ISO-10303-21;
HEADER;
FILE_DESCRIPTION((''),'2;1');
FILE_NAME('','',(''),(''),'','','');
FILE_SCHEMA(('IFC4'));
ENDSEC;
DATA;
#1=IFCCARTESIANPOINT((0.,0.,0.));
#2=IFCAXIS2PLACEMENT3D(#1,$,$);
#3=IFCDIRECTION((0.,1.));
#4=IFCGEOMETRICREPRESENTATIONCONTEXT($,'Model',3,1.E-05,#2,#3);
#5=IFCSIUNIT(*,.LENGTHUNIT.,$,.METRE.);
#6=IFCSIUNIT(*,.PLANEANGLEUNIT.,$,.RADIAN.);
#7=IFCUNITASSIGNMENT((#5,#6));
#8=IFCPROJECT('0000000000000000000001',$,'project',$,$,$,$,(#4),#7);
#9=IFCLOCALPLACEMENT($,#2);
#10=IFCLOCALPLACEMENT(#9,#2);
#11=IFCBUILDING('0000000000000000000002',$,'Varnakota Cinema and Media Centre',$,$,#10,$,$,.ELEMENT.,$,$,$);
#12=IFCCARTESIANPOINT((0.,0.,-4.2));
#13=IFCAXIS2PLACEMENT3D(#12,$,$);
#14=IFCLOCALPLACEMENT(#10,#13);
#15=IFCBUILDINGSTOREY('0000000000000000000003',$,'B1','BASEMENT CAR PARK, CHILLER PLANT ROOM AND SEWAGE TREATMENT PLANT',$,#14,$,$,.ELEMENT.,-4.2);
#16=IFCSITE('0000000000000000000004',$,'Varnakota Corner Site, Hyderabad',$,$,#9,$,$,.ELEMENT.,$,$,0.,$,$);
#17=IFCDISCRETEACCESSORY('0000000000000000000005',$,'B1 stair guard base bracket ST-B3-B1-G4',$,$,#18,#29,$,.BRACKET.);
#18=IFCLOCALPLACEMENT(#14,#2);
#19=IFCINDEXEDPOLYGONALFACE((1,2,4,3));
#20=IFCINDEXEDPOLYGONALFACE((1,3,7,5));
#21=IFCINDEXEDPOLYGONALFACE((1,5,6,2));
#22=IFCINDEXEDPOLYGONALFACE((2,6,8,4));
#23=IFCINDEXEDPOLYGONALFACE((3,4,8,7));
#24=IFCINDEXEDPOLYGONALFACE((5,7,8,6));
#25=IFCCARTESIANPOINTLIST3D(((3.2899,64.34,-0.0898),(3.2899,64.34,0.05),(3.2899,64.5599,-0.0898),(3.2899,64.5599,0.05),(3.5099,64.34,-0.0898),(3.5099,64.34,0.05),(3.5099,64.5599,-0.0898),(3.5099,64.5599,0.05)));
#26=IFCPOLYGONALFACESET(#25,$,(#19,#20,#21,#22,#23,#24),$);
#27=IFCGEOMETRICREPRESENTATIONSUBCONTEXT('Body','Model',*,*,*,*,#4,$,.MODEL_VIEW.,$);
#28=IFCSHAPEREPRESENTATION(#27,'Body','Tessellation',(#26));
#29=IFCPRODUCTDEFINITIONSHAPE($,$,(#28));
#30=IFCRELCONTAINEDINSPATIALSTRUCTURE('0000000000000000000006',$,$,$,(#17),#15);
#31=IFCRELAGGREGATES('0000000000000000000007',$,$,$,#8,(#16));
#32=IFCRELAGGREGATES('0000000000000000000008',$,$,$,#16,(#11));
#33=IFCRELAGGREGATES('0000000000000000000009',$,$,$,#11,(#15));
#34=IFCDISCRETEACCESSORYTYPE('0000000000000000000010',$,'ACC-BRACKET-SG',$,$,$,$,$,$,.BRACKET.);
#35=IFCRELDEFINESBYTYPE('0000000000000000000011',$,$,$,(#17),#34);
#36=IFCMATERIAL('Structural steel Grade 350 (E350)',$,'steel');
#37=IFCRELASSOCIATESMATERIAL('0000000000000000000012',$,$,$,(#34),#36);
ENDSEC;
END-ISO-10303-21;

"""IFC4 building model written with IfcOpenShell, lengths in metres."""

from ifc_helpers import new_model, si_unit, direction, frame, origin, origin_2d, place, context, subcontext, project, spatial, rectangle, extrude, material, type_object, element, save


model = new_model("IFC4")

# Units and contexts
model_context = context("Model", 3, precision=1e-05, world=origin(), true_north=direction((0.0, 1.0)))
body_context = subcontext(model_context, "Body", "Model", "MODEL_VIEW")
ifc_project = project(units=[si_unit("LENGTHUNIT", "METRE"), si_unit("PLANEANGLEUNIT", "RADIAN")], contexts=[model_context])

# Site, building, storey
site_placement = place(None, origin())
site = spatial("IfcSite", under=ifc_project, at=site_placement, Name="Varnakota Corner Site, Hyderabad", CompositionType="ELEMENT", RefElevation=0.0)
building_placement = place(site_placement, origin())
building = spatial("IfcBuilding", under=site, at=building_placement, Name="Varnakota Cinema and Media Centre", CompositionType="ELEMENT")
storey_placement = place(building_placement, frame((0.0, 0.0, -4.2)))
storey = spatial("IfcBuildingStorey", under=building, at=storey_placement, Name="B1", Description="BASEMENT CAR PARK, CHILLER PLANT ROOM AND SEWAGE TREATMENT PLANT", CompositionType="ELEMENT", Elevation=-4.2)

# Discrete accessory
ifc_material_1 = material(Name="Structural steel Grade 350 (E350)", Category="steel")
discrete_accessory_type = type_object("IfcDiscreteAccessoryType", Name="ACC-BRACKET-SG", PredefinedType="BRACKET", material=ifc_material_1)
for number, where, z_axis, x_axis, name in (
    (1, (3.3999, 64.45, -0.0898), (0.0, 0.0, 1.0), (1.0, 0.0, 0.0), "B1 stair guard base bracket ST-B3-B1-G4"),
):
    element("IfcDiscreteAccessory", number, at=place(storey_placement, frame(where, z_axis=z_axis, x_axis=x_axis)), inside=storey, type_object=discrete_accessory_type, Name=name, PredefinedType="BRACKET", context=body_context, shape_type="SweptSolid", body=[
        extrude(rectangle(XDim=0.22, YDim=0.22, at=origin_2d()), origin(), (0.0, 0.0, 1.0), 0.1399),
    ])

save(model, "model.ifc")
